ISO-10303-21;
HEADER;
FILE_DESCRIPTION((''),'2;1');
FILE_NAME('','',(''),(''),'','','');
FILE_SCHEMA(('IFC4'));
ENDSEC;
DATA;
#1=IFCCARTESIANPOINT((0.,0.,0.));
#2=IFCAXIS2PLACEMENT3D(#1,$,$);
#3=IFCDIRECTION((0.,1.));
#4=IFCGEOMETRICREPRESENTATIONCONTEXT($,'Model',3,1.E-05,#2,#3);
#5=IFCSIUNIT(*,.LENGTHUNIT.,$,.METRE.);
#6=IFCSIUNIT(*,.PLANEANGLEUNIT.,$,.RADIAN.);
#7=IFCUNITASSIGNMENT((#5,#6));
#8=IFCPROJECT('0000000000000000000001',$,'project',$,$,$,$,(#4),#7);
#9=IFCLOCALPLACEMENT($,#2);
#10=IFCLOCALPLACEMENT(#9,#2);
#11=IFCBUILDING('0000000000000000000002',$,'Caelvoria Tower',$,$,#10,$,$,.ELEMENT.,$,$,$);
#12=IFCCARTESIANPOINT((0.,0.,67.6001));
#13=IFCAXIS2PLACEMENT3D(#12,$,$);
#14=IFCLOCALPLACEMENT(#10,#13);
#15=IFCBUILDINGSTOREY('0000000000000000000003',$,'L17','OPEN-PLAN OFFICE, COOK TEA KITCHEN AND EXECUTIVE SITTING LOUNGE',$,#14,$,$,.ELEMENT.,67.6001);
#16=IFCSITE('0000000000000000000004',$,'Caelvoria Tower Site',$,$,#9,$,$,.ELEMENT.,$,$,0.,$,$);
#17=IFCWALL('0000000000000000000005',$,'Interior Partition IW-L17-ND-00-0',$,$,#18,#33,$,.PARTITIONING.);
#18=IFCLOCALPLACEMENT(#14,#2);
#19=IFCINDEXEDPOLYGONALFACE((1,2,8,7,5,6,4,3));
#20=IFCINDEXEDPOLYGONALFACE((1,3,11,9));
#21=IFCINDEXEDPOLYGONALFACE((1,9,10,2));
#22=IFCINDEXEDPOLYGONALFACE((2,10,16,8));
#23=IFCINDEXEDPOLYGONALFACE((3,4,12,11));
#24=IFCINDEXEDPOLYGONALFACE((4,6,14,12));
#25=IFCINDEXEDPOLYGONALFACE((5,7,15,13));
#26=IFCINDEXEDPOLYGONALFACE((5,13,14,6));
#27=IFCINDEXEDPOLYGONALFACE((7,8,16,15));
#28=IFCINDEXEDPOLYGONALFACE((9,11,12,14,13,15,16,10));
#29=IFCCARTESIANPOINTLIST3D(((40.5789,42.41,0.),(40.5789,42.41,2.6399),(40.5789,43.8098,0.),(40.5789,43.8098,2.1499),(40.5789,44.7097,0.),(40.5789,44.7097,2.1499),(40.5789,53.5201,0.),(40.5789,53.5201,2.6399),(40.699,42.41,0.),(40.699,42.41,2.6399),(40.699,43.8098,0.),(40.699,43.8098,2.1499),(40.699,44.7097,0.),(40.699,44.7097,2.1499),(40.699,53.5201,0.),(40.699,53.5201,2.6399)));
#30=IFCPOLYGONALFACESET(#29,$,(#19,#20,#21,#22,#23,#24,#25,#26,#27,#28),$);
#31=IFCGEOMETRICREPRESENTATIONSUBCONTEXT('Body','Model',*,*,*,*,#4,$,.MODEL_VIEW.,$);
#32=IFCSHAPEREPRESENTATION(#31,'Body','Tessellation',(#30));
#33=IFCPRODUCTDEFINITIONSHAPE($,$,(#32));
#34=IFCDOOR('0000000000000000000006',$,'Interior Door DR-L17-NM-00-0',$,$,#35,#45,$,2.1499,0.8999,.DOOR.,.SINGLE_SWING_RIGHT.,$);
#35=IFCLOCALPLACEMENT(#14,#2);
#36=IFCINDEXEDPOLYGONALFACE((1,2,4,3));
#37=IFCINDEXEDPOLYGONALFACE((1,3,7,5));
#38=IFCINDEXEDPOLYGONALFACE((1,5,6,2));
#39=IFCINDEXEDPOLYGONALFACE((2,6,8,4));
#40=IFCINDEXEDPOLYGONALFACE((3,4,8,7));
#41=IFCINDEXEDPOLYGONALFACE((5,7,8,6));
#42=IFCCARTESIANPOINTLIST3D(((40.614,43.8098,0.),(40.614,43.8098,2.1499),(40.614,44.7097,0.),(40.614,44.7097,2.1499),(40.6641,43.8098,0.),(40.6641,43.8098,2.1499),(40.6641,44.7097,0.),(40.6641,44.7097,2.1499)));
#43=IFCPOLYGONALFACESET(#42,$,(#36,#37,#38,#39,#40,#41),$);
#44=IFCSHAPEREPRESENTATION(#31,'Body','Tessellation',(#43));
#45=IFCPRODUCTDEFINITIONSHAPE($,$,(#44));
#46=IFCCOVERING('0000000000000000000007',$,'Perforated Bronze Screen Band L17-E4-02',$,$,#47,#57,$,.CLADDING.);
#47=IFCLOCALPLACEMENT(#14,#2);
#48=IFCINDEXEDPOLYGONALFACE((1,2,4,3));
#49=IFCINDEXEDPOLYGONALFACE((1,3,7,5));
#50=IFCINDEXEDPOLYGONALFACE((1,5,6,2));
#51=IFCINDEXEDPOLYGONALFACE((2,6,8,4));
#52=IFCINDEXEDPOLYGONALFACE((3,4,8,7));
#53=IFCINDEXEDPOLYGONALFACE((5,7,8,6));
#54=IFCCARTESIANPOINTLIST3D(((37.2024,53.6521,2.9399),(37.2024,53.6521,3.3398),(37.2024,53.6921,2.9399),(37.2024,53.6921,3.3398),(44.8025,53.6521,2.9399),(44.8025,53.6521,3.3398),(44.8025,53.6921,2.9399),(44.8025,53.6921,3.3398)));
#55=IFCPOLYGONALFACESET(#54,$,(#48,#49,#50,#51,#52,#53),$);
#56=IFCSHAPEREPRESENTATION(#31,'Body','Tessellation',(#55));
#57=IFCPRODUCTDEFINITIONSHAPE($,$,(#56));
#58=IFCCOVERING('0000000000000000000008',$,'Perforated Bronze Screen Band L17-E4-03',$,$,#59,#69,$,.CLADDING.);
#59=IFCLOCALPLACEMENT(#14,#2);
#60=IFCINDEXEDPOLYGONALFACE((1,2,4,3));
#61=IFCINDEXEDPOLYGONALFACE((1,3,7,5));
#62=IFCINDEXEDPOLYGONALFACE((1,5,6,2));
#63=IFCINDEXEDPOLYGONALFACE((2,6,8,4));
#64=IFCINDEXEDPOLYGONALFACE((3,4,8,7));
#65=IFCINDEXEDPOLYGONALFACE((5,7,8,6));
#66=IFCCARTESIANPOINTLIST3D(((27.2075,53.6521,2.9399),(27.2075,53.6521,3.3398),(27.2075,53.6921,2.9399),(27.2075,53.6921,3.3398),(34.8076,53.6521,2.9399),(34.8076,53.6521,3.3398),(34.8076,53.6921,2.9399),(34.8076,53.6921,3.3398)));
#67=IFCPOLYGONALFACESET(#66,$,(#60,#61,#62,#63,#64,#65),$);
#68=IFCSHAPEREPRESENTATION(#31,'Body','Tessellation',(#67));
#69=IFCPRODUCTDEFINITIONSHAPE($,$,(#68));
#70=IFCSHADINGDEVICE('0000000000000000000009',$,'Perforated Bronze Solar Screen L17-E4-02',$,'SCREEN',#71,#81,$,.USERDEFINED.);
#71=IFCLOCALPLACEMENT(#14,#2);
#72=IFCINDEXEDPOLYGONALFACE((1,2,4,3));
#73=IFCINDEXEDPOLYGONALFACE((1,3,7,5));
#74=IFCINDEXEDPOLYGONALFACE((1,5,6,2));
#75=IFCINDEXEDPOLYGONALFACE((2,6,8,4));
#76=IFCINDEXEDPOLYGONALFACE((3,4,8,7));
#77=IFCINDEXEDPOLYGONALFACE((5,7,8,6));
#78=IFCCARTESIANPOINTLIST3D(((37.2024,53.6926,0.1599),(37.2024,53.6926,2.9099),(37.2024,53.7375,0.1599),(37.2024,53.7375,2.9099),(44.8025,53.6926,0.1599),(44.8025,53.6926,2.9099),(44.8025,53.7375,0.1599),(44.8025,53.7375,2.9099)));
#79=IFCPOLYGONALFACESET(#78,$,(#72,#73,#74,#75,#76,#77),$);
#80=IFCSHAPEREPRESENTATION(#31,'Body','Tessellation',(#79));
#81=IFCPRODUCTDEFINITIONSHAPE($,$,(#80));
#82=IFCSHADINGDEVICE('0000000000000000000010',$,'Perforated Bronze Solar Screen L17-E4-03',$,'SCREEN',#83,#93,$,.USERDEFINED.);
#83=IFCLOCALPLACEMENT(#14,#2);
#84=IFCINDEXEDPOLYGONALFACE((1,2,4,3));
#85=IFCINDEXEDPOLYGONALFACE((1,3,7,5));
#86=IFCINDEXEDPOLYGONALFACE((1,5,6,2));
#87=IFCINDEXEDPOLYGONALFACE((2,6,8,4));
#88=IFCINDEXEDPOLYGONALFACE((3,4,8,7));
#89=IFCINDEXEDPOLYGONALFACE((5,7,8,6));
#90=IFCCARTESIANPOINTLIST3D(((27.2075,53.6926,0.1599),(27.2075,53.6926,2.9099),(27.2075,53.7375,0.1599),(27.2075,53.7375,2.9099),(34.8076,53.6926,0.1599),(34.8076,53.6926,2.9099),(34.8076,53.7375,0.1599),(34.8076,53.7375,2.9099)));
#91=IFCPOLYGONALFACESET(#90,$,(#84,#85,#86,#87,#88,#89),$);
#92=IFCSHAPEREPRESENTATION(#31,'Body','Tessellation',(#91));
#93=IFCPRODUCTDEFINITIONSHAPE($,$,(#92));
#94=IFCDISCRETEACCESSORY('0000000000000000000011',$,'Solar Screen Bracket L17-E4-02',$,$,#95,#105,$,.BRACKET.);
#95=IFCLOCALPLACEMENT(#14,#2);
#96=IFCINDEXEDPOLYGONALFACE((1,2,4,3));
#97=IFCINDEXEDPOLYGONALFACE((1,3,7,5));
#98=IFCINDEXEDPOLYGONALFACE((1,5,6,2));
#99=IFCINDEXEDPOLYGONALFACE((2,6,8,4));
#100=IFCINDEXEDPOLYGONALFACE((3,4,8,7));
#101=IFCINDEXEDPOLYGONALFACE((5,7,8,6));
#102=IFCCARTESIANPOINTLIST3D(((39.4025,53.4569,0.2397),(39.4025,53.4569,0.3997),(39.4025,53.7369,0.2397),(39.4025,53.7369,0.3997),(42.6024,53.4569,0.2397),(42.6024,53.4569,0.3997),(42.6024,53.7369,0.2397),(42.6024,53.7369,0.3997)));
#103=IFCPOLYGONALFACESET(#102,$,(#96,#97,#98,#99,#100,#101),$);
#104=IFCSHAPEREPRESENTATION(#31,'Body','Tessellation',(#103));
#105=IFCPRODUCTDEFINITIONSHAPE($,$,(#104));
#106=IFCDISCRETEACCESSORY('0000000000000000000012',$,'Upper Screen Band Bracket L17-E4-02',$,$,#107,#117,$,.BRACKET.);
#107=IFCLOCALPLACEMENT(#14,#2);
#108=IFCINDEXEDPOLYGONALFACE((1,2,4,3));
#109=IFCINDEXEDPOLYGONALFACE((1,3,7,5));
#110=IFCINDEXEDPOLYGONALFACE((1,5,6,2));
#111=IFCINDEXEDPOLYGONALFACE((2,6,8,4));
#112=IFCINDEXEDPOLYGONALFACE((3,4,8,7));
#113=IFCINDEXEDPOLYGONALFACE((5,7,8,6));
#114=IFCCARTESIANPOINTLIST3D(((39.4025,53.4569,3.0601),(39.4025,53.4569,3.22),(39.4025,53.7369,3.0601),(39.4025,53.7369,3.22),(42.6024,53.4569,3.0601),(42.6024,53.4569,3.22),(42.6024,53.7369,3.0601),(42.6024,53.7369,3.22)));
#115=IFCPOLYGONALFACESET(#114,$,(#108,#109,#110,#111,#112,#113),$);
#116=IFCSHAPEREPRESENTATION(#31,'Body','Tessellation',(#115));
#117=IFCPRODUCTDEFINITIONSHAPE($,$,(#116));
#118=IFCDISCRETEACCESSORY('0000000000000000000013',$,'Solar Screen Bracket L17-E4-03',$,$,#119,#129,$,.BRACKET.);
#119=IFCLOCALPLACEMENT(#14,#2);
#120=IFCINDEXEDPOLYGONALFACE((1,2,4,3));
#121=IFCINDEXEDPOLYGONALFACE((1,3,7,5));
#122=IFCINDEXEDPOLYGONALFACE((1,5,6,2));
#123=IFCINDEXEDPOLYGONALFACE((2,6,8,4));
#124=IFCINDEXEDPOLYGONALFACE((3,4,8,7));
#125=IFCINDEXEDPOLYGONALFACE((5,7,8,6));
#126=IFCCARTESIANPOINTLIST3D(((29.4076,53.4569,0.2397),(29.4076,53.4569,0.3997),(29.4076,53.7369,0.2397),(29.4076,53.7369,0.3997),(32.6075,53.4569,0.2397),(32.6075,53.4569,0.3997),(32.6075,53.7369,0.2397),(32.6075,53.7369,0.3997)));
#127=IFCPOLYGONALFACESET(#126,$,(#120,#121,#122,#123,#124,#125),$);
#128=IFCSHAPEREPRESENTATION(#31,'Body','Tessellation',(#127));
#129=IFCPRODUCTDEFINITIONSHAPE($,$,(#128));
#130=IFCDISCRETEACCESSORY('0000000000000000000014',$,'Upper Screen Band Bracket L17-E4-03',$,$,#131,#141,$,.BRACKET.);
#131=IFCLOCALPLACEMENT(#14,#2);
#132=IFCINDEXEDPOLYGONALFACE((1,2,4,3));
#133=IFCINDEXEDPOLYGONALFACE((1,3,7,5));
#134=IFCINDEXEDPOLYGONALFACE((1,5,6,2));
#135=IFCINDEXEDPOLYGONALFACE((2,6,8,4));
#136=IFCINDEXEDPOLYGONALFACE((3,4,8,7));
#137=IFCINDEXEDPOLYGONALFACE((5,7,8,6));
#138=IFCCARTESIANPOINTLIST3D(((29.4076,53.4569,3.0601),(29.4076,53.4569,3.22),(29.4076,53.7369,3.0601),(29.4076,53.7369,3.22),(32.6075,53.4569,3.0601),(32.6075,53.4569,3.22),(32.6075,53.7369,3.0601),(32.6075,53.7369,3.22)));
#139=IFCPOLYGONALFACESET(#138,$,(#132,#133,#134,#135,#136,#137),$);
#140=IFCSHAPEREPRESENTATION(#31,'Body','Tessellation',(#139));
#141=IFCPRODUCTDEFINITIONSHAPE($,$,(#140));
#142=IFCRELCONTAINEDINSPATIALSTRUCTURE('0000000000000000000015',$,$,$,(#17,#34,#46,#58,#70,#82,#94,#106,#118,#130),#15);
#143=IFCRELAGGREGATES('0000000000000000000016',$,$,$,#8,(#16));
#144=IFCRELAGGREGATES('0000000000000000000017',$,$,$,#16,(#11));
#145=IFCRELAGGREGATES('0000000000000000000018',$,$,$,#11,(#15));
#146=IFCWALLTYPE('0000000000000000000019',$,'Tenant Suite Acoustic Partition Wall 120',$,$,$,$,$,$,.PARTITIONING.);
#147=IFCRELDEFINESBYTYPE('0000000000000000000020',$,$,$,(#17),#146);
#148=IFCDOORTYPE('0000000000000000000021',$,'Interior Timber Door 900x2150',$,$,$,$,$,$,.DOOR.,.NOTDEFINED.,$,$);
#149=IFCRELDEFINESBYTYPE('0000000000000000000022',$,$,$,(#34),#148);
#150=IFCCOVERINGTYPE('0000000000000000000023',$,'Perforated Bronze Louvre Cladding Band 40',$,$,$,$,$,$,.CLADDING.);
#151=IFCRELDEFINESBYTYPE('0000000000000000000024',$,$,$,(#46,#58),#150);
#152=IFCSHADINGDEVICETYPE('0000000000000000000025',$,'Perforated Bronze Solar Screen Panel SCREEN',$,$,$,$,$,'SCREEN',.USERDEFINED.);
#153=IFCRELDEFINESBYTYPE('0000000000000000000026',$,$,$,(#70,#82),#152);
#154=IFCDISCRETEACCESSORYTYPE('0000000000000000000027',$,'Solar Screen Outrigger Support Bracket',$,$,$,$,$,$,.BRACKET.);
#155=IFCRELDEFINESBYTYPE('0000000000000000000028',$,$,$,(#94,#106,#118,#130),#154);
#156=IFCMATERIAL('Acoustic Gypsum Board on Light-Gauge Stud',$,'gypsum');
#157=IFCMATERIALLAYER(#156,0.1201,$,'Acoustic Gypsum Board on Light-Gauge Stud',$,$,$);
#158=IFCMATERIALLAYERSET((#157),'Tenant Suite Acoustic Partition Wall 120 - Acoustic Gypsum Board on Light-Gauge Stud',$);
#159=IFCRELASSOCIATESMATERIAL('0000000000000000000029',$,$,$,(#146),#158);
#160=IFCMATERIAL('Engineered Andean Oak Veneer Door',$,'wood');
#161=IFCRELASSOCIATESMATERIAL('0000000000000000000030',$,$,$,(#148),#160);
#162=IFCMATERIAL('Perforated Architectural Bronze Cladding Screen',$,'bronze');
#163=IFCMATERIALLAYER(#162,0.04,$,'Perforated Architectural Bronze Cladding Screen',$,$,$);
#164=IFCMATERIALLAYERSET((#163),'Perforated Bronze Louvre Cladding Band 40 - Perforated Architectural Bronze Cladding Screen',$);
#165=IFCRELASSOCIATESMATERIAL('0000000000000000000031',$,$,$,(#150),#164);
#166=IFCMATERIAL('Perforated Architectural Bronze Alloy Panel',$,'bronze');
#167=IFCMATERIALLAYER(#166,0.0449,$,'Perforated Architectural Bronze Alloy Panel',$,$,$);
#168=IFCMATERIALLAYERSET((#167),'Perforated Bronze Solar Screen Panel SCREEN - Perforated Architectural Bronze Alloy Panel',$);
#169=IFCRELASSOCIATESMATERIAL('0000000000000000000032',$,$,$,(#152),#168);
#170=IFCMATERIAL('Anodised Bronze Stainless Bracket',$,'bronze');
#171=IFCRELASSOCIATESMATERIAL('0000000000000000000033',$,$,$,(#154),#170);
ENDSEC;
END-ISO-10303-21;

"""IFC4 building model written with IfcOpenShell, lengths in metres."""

from ifc_helpers import new_model, si_unit, direction, frame, frame_2d, origin, origin_2d, place, context, subcontext, project, spatial, rectangle, extrude, material, layer, layer_set, type_object, element, fill, save


model = new_model("IFC4")

# Units and contexts
model_context = context("Model", 3, precision=1e-05, world=origin(), true_north=direction((0.0, 1.0)))
body_context = subcontext(model_context, "Body", "Model", "MODEL_VIEW")
ifc_project = project(units=[si_unit("LENGTHUNIT", "METRE"), si_unit("PLANEANGLEUNIT", "RADIAN")], contexts=[model_context])

# Site, building, storey
site_placement = place(None, origin())
site = spatial("IfcSite", under=ifc_project, at=site_placement, Name="Caelvoria Tower Site", CompositionType="ELEMENT", RefElevation=0.0)
building_placement = place(site_placement, origin())
building = spatial("IfcBuilding", under=site, at=building_placement, Name="Caelvoria Tower", CompositionType="ELEMENT")
storey_placement = place(building_placement, frame((0.0, 0.0, 67.6001)))
storey = spatial("IfcBuildingStorey", under=building, at=storey_placement, Name="L17", Description="OPEN-PLAN OFFICE, COOK TEA KITCHEN AND EXECUTIVE SITTING LOUNGE", CompositionType="ELEMENT", Elevation=67.6001)

# Wall, opening, door
ifc_material_1 = material(Name="Acoustic Gypsum Board on Light-Gauge Stud", Category="gypsum")
ifc_layer_1 = layer(ifc_material_1, 0.1201, Name="Acoustic Gypsum Board on Light-Gauge Stud")
ifc_layer_set_1 = layer_set([ifc_layer_1], Name="Tenant Suite Acoustic Partition Wall 120 - Acoustic Gypsum Board on Light-Gauge Stud")
wall_type_1 = type_object("IfcWallType", Name="Tenant Suite Acoustic Partition Wall 120", PredefinedType="PARTITIONING", material=ifc_layer_set_1)
wall_1_placement = place(storey_placement, frame((40.6389, 42.4099, 0.0), z_axis=(0.0, 0.0, 1.0), x_axis=(0.0, 1.0, 0.0)))
wall_1 = element("IfcWall", 1, at=wall_1_placement, inside=storey, type_object=wall_type_1, Name="Interior Partition IW-L17-ND-00-0", PredefinedType="PARTITIONING", context=body_context, shape_type="SweptSolid", body=[
    extrude(rectangle(XDim=11.1101, YDim=0.1201, at=frame_2d((5.5552, 0.0))), origin(), (0.0, 0.0, 1.0), 2.6399),
])
opening_placement = place(wall_1_placement, frame((1.3999, 0.0, 0.0)))
opening = element("IfcOpeningElement", 2, at=opening_placement, cuts=wall_1, PredefinedType="OPENING", context=body_context, shape_type="SweptSolid", body=[
    extrude(rectangle(XDim=0.8999, YDim=2.1499, at=frame_2d((0.45, 1.075))), frame((0.0, 0.0701, 0.0), z_axis=(0.0, -1.0, 0.0), x_axis=(1.0, 0.0, 0.0)), (0.0, 0.0, 1.0), 0.1401),
])
ifc_material_2 = material(Name="Engineered Andean Oak Veneer Door", Category="wood")
door_type = type_object("IfcDoorType", Name="Interior Timber Door 900x2150", OperationType="NOTDEFINED", PredefinedType="DOOR", material=ifc_material_2)
door_placement = place(opening_placement, origin())
door = element("IfcDoor", 3, at=door_placement, inside=storey, type_object=door_type, Name="Interior Door DR-L17-NM-00-0", OperationType="SINGLE_SWING_RIGHT", OverallHeight=2.1499, OverallWidth=0.8999, PredefinedType="DOOR", context=body_context, shape_type="SweptSolid", body=[
    extrude(rectangle(XDim=0.8999, YDim=2.1499, at=frame_2d((0.45, 1.075))), frame((0.0, 0.0249, 0.0), z_axis=(0.0, -1.0, 0.0), x_axis=(1.0, 0.0, 0.0)), (0.0, 0.0, 1.0), 0.05),
])
fill(opening, door)

# Coverings
ifc_material_3 = material(Name="Perforated Architectural Bronze Cladding Screen", Category="bronze")
ifc_layer_2 = layer(ifc_material_3, 0.04, Name="Perforated Architectural Bronze Cladding Screen")
ifc_layer_set_2 = layer_set([ifc_layer_2], Name="Perforated Bronze Louvre Cladding Band 40 - Perforated Architectural Bronze Cladding Screen")
covering_type = type_object("IfcCoveringType", Name="Perforated Bronze Louvre Cladding Band 40", PredefinedType="CLADDING", material=ifc_layer_set_2)
for number, where, z_axis, x_axis, name in (
    (4, (41.0024, 53.6721, 2.9399), (0.0, 0.0, 1.0), (-1.0, 0.0, 0.0), "Perforated Bronze Screen Band L17-E4-02"),
    (5, (31.0076, 53.6721, 2.9399), (0.0, 0.0, 1.0), (-1.0, 0.0, 0.0), "Perforated Bronze Screen Band L17-E4-03"),
):
    element("IfcCovering", number, at=place(storey_placement, frame(where, z_axis=z_axis, x_axis=x_axis)), inside=storey, type_object=covering_type, Name=name, PredefinedType="CLADDING", context=body_context, shape_type="SweptSolid", body=[
        extrude(rectangle(XDim=7.6001, YDim=0.04, at=origin_2d()), origin(), (0.0, 0.0, 1.0), 0.3999),
    ])

# Shading devices
ifc_material_4 = material(Name="Perforated Architectural Bronze Alloy Panel", Category="bronze")
ifc_layer_3 = layer(ifc_material_4, 0.0449, Name="Perforated Architectural Bronze Alloy Panel")
ifc_layer_set_3 = layer_set([ifc_layer_3], Name="Perforated Bronze Solar Screen Panel SCREEN - Perforated Architectural Bronze Alloy Panel")
shading_device_type = type_object("IfcShadingDeviceType", Name="Perforated Bronze Solar Screen Panel SCREEN", ElementType="SCREEN", PredefinedType="USERDEFINED", material=ifc_layer_set_3)
for number, where, z_axis, x_axis, name in (
    (6, (41.0024, 53.7151, 0.1599), (0.0, 0.0, 1.0), (-1.0, 0.0, 0.0), "Perforated Bronze Solar Screen L17-E4-02"),
    (7, (31.0076, 53.7151, 0.1599), (0.0, 0.0, 1.0), (-1.0, 0.0, 0.0), "Perforated Bronze Solar Screen L17-E4-03"),
):
    element("IfcShadingDevice", number, at=place(storey_placement, frame(where, z_axis=z_axis, x_axis=x_axis)), inside=storey, type_object=shading_device_type, Name=name, ObjectType="SCREEN", PredefinedType="USERDEFINED", context=body_context, shape_type="SweptSolid", body=[
        extrude(rectangle(XDim=7.6001, YDim=0.0449, at=origin_2d()), origin(), (0.0, 0.0, 1.0), 2.75),
    ])

# Discrete accessories
ifc_material_5 = material(Name="Anodised Bronze Stainless Bracket", Category="bronze")
discrete_accessory_type = type_object("IfcDiscreteAccessoryType", Name="Solar Screen Outrigger Support Bracket", PredefinedType="BRACKET", material=ifc_material_5)
for number, where, z_axis, x_axis, name in (
    (8, (41.0024, 53.5969, 0.2397), (0.0, 0.0, 1.0), (-1.0, 0.0, 0.0), "Solar Screen Bracket L17-E4-02"),
    (9, (41.0024, 53.5969, 3.0601), (0.0, 0.0, 1.0), (-1.0, 0.0, 0.0), "Upper Screen Band Bracket L17-E4-02"),
    (10, (31.0076, 53.5969, 0.2397), (0.0, 0.0, 1.0), (-1.0, 0.0, 0.0), "Solar Screen Bracket L17-E4-03"),
    (11, (31.0076, 53.5969, 3.0601), (0.0, 0.0, 1.0), (-1.0, 0.0, 0.0), "Upper Screen Band Bracket L17-E4-03"),
):
    element("IfcDiscreteAccessory", number, at=place(storey_placement, frame(where, z_axis=z_axis, x_axis=x_axis)), inside=storey, type_object=discrete_accessory_type, Name=name, PredefinedType="BRACKET", context=body_context, shape_type="SweptSolid", body=[
        extrude(rectangle(XDim=3.2, YDim=0.28, at=origin_2d()), origin(), (0.0, 0.0, 1.0), 0.1599),
    ])

save(model, "model.ifc")
